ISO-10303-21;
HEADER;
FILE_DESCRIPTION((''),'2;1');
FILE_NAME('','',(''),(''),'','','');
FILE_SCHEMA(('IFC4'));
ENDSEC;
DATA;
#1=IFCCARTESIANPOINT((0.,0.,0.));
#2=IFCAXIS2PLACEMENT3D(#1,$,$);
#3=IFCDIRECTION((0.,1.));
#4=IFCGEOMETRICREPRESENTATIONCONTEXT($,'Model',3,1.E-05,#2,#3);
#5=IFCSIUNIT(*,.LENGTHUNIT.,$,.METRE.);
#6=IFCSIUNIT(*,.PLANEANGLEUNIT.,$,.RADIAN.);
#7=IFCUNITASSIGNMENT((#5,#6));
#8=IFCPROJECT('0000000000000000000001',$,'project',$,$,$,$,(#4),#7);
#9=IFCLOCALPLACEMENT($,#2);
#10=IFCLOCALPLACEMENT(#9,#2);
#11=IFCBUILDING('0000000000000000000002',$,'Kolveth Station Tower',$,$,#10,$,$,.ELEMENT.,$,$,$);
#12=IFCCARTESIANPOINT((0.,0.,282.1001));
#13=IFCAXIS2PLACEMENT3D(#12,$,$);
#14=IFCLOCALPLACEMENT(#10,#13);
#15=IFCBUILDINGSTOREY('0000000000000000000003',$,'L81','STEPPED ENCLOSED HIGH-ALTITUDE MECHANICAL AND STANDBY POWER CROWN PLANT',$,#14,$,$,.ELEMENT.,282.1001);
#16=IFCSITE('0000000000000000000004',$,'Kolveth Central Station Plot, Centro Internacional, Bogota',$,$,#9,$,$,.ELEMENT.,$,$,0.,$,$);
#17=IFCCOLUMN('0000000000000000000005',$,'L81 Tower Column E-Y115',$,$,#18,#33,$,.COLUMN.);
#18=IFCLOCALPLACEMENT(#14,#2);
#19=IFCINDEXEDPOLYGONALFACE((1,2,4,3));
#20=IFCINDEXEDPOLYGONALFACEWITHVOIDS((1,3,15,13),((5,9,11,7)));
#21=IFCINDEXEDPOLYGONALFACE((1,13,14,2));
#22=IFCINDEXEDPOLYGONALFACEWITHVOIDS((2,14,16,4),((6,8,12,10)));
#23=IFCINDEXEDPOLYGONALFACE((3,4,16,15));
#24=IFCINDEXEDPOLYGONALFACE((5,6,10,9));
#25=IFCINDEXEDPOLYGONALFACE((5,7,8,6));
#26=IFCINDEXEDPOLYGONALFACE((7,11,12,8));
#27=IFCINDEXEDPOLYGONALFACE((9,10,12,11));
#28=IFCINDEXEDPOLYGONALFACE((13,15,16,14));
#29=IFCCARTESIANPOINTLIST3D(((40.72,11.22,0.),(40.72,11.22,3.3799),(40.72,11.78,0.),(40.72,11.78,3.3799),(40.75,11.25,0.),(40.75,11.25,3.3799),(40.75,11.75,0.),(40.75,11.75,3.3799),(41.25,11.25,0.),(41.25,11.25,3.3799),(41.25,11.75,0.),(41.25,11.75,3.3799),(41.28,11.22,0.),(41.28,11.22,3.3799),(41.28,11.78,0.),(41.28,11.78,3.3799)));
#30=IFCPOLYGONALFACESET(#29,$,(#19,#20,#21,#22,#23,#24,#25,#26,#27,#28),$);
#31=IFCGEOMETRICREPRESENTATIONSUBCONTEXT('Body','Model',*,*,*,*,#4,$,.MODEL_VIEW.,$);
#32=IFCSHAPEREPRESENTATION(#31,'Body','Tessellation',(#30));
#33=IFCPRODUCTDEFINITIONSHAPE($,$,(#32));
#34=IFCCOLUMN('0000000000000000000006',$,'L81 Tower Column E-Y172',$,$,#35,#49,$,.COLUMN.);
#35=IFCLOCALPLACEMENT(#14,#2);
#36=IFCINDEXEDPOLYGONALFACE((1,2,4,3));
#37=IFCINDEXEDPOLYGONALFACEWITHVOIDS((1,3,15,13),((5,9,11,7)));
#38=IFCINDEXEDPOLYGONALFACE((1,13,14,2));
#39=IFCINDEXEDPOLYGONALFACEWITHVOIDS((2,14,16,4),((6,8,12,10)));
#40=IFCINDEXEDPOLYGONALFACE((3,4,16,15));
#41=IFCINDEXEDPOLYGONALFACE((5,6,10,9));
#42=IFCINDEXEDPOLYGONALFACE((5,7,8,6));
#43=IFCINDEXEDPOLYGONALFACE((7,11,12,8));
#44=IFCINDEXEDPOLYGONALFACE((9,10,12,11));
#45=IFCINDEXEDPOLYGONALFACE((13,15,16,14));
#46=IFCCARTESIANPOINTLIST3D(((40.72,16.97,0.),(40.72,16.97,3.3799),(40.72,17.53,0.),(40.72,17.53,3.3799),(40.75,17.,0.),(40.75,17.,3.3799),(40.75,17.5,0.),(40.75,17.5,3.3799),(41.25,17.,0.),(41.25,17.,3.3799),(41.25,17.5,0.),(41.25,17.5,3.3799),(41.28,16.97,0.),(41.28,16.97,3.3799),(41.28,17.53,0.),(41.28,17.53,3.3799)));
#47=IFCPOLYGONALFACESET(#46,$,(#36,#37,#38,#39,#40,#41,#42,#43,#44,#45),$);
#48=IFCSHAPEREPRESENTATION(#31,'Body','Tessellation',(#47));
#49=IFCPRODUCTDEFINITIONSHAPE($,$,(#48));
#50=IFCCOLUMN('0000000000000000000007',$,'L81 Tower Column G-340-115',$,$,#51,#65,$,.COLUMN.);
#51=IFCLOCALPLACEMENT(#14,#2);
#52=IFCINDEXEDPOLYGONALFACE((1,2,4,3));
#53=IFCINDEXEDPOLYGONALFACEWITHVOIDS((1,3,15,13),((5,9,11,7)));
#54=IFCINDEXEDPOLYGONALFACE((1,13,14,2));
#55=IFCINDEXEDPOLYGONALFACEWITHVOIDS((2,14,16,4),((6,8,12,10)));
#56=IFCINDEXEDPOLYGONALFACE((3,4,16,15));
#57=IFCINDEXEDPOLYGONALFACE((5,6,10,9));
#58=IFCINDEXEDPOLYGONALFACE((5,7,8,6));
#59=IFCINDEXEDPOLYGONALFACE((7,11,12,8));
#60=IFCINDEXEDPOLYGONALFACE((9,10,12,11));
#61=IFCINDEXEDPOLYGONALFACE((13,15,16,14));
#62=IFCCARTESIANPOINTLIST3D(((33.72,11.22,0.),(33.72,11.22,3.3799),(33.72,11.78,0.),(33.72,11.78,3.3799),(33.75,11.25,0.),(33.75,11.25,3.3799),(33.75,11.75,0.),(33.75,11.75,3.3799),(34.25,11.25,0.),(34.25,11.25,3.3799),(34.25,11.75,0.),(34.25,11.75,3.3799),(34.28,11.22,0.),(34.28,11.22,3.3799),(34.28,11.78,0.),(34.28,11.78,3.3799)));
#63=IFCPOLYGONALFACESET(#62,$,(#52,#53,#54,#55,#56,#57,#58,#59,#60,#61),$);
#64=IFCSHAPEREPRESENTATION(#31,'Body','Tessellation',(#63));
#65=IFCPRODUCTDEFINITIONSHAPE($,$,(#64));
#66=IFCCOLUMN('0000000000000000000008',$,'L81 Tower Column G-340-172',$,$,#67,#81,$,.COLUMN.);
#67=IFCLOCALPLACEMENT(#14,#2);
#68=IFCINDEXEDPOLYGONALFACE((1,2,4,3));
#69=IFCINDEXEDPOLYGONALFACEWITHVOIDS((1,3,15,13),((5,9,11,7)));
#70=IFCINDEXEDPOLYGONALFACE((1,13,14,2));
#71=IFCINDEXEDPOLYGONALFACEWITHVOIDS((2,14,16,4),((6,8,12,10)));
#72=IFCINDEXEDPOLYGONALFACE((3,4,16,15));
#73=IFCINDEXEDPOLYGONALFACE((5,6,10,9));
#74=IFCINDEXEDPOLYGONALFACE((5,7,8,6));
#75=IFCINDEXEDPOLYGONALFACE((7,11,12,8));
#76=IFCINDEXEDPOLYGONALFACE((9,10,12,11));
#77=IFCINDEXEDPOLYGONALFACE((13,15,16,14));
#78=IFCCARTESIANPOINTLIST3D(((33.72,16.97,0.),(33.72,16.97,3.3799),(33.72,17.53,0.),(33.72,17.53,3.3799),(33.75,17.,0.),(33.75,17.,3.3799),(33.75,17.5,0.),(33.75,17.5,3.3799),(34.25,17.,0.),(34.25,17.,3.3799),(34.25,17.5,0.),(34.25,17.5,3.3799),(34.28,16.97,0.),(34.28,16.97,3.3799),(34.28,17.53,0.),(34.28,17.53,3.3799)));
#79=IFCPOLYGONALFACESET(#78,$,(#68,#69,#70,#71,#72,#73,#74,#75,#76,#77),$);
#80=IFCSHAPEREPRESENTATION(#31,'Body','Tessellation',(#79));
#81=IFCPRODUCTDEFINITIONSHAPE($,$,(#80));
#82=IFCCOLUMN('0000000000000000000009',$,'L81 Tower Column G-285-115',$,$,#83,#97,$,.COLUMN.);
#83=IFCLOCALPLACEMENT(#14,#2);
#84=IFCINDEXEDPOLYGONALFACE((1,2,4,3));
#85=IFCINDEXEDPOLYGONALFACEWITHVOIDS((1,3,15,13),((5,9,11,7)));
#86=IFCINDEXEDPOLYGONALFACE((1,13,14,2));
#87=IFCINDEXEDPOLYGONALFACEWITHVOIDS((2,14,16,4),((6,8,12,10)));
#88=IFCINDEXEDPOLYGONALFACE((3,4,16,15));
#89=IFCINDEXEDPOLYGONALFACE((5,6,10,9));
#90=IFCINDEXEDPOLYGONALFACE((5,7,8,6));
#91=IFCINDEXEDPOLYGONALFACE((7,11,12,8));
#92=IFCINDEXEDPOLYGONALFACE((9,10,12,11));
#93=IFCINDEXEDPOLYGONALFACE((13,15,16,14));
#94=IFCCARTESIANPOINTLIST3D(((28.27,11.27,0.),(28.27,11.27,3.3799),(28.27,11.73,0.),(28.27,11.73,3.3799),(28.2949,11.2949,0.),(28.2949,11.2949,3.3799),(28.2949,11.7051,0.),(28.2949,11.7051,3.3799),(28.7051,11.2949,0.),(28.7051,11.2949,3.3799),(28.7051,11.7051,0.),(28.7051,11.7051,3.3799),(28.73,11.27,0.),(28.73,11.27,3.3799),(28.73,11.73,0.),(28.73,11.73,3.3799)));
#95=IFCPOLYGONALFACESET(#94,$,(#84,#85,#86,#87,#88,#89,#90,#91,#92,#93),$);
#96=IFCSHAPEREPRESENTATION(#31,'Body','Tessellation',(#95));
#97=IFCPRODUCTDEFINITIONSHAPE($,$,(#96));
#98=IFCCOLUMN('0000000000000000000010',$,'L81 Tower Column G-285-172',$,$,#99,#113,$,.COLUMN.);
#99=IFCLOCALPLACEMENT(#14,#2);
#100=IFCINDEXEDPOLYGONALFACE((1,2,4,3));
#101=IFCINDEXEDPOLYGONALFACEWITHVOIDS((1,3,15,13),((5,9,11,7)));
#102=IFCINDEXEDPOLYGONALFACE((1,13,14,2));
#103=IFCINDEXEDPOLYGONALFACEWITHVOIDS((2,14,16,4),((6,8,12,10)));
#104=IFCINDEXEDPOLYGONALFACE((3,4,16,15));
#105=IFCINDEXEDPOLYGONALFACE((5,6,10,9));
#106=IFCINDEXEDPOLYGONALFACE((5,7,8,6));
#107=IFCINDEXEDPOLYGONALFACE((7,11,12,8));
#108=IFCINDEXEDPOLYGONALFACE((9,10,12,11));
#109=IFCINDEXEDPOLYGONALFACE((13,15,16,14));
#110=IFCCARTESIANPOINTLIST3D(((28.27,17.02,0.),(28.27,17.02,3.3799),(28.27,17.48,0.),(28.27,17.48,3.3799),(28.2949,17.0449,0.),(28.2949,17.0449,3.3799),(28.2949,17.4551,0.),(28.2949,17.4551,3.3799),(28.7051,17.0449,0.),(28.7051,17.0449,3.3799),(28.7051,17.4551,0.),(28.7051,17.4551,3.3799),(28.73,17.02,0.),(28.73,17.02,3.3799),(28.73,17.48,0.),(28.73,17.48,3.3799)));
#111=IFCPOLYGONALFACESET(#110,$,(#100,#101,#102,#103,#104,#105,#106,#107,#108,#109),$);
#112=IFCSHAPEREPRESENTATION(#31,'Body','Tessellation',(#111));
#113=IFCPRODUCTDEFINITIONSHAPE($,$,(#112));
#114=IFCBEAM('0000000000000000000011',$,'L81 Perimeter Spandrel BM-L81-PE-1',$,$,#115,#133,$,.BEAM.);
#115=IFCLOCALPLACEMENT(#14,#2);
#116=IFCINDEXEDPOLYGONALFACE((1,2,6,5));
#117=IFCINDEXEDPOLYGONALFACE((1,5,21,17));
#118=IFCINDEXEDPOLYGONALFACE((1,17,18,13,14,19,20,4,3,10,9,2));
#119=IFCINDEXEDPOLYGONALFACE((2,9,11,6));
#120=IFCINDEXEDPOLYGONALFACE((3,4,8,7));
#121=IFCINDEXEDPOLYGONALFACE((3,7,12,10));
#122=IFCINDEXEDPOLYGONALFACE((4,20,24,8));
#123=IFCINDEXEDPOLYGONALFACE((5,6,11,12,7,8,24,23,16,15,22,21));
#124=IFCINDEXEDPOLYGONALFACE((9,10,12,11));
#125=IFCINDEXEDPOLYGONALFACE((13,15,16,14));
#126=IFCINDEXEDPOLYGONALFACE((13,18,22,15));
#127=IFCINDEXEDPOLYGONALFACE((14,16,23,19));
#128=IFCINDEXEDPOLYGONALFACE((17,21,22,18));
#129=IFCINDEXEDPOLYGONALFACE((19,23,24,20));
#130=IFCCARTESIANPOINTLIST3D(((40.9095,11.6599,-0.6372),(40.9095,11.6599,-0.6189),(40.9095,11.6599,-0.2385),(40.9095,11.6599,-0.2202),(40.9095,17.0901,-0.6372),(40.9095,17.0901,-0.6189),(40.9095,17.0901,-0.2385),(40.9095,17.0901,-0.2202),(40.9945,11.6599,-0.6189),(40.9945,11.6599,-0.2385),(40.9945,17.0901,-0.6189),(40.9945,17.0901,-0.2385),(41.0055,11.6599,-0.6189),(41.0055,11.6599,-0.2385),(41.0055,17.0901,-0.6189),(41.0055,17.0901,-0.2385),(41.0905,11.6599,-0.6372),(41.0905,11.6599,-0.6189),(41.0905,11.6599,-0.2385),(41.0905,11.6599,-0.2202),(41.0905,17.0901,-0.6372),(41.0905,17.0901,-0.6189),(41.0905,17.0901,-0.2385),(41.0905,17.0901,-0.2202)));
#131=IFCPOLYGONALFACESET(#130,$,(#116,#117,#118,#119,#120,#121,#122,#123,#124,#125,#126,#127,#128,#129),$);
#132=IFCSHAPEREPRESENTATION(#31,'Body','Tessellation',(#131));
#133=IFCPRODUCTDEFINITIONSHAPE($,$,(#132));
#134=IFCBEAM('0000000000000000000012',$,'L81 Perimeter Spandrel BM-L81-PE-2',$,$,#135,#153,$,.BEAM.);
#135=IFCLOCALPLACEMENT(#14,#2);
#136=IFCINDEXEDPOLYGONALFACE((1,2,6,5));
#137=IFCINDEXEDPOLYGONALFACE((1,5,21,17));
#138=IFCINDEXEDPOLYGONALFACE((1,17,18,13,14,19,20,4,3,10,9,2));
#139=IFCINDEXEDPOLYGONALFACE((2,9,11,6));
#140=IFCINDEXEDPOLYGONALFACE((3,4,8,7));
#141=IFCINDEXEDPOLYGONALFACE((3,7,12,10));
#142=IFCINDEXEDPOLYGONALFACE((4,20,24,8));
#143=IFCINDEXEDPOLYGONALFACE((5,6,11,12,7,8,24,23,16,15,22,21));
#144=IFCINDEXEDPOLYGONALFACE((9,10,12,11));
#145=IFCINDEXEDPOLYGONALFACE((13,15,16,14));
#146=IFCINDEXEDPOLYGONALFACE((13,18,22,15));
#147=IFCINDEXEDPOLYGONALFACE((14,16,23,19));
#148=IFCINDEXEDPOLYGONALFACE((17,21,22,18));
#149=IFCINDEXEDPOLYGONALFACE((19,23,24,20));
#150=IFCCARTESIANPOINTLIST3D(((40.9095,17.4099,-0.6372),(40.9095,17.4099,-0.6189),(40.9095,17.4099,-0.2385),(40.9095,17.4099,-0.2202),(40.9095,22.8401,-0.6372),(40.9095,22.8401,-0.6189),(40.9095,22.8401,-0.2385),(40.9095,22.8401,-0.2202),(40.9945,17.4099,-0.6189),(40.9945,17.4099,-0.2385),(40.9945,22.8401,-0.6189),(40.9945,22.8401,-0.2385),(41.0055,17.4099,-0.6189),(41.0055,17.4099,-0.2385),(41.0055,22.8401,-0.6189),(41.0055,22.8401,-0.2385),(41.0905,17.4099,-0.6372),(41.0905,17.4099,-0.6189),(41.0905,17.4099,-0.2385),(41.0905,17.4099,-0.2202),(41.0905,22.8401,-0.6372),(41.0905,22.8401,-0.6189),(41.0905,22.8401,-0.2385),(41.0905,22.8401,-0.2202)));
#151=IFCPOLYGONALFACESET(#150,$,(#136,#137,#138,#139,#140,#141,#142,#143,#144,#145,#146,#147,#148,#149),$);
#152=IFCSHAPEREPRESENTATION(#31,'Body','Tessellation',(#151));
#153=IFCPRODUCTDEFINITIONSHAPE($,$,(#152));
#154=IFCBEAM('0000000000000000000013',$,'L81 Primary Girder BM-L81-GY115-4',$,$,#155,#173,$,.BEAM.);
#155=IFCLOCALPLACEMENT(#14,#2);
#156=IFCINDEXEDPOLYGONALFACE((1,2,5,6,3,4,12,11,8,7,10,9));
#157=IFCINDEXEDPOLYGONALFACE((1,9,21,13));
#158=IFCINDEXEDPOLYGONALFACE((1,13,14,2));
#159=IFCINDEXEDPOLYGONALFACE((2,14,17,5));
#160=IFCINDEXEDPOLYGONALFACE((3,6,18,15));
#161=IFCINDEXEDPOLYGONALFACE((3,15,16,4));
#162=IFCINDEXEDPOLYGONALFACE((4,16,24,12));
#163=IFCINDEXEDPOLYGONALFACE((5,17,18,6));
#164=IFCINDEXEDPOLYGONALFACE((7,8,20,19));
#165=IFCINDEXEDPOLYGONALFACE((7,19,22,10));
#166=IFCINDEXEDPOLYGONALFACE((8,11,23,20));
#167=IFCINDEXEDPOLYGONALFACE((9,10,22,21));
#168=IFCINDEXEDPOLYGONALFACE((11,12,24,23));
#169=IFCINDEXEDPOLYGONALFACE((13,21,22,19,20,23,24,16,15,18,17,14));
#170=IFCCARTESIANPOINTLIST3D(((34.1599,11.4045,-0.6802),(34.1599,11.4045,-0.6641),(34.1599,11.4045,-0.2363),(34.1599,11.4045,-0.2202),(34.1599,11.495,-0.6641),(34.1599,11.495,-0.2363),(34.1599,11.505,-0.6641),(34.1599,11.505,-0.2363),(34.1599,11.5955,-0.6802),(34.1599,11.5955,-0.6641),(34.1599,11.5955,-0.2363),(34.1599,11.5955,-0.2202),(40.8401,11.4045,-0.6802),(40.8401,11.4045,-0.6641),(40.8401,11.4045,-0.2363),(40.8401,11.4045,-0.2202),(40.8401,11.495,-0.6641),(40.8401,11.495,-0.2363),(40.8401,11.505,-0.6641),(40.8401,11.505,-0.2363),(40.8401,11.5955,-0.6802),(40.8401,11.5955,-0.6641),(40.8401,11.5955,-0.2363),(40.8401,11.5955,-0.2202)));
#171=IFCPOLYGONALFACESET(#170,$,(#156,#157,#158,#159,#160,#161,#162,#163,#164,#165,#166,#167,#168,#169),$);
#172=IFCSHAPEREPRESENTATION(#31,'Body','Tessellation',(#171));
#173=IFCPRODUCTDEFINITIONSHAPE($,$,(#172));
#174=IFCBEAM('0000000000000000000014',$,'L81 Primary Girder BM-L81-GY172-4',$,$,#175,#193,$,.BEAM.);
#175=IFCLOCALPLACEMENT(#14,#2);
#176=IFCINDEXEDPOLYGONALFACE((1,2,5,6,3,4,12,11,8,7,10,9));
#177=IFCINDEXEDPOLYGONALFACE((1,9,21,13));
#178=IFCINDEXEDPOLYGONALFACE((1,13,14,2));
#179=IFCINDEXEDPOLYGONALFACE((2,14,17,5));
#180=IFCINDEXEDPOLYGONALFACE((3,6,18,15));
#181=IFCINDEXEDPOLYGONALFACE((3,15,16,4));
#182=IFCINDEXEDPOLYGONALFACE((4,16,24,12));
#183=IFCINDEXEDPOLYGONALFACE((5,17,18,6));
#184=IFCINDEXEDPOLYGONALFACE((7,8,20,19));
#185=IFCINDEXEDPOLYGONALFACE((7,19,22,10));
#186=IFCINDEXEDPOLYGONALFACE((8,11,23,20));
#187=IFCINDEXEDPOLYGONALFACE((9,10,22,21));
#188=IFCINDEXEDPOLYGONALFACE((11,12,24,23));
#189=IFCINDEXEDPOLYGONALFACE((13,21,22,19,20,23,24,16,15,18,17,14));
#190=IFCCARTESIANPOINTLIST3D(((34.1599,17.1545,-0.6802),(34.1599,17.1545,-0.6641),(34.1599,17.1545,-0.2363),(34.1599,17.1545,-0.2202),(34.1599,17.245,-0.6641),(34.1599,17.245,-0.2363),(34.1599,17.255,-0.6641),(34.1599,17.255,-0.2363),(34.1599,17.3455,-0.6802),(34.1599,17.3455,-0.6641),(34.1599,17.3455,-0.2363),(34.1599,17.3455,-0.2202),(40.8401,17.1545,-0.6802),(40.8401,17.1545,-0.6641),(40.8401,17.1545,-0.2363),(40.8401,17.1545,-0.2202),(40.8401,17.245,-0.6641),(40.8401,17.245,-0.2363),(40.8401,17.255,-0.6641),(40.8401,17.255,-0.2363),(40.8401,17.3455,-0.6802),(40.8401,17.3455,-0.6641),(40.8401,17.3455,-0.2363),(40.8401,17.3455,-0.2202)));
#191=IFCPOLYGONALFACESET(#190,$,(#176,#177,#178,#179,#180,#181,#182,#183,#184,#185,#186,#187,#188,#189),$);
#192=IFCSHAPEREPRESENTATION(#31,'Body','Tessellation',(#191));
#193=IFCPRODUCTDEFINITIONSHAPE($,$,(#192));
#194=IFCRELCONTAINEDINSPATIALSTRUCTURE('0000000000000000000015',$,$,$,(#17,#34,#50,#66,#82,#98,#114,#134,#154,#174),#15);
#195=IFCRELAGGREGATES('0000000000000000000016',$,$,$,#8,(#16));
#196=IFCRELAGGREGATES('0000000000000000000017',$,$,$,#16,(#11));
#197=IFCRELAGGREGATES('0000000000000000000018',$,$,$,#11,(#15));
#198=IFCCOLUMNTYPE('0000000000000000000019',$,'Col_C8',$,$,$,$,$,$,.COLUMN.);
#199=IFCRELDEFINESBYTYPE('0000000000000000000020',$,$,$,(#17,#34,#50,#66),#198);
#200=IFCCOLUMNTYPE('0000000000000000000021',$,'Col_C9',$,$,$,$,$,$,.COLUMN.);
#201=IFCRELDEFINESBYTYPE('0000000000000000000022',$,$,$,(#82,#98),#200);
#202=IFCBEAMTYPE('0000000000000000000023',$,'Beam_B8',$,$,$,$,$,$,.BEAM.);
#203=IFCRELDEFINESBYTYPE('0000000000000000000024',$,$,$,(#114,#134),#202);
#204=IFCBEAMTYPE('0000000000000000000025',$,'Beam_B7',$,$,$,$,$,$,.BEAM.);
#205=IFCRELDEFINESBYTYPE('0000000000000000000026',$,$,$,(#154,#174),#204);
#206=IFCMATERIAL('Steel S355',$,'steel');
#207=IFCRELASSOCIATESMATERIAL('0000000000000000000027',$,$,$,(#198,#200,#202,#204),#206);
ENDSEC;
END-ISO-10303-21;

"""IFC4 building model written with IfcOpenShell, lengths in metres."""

from ifc_helpers import new_model, si_unit, direction, frame, origin, origin_2d, place, context, subcontext, project, spatial, hollow_rectangle, i_section, extrude, source, transform, mapped, material, material_profile, profile_set, type_object, element, save


model = new_model("IFC4")

# Units and contexts
model_context = context("Model", 3, precision=1e-05, world=origin(), true_north=direction((0.0, 1.0)))
body_context = subcontext(model_context, "Body", "Model", "MODEL_VIEW")
ifc_project = project(units=[si_unit("LENGTHUNIT", "METRE"), si_unit("PLANEANGLEUNIT", "RADIAN")], contexts=[model_context])

# Site, building, storey
site_placement = place(None, origin())
site = spatial("IfcSite", under=ifc_project, at=site_placement, Name="Kolveth Central Station Plot, Centro Internacional, Bogota", CompositionType="ELEMENT", RefElevation=0.0)
building_placement = place(site_placement, origin())
building = spatial("IfcBuilding", under=site, at=building_placement, Name="Kolveth Station Tower", CompositionType="ELEMENT")
storey_placement = place(building_placement, frame((0.0, 0.0, 282.1001)))
storey = spatial("IfcBuildingStorey", under=building, at=storey_placement, Name="L81", Description="STEPPED ENCLOSED HIGH-ALTITUDE MECHANICAL AND STANDBY POWER CROWN PLANT", CompositionType="ELEMENT", Elevation=282.1001)

# Columns
ifc_material_1 = material(Name="Steel S355", Category="steel")
ifc_material_profile_1 = material_profile(ifc_material_1, hollow_rectangle(XDim=0.5601, YDim=0.5601, WallThickness=0.03, at=origin_2d()), Name="BOX560x560x30")
ifc_profile_set_1 = profile_set([ifc_material_profile_1], Name="Steel S355")
column_type_1 = type_object("IfcColumnType", Name="Col_C8", PredefinedType="COLUMN", material=ifc_profile_set_1)
shared_shape_1 = source(origin(), body_context, "Body", "SweptSolid", [
    extrude(hollow_rectangle(XDim=0.5601, YDim=0.5601, WallThickness=0.03, at=origin_2d()), origin(), (0.0, 0.0, 1.0), 3.3799),
])
for number, where, z_axis, x_axis, name in (
    (1, (41.0, 11.5, 0.0), (0.0, 0.0, 1.0), (1.0, 0.0, 0.0), "L81 Tower Column E-Y115"),
    (2, (41.0, 17.25, 0.0), (0.0, 0.0, 1.0), (1.0, 0.0, 0.0), "L81 Tower Column E-Y172"),
    (3, (34.0, 11.5, 0.0), (0.0, 0.0, 1.0), (1.0, 0.0, 0.0), "L81 Tower Column G-340-115"),
    (4, (34.0, 17.25, 0.0), (0.0, 0.0, 1.0), (1.0, 0.0, 0.0), "L81 Tower Column G-340-172"),
):
    element("IfcColumn", number, at=place(storey_placement, frame(where, z_axis=z_axis, x_axis=x_axis)), inside=storey, type_object=column_type_1, Name=name, PredefinedType="COLUMN", context=body_context, shape_type="MappedRepresentation", body=[
        mapped(shared_shape_1, transform((0.0, 0.0, 0.0), x_axis=(1.0, 0.0, 0.0), y_axis=(0.0, 1.0, 0.0), z_axis=(0.0, 0.0, 1.0), scale=1.0)),
    ])
ifc_material_profile_2 = material_profile(ifc_material_1, hollow_rectangle(XDim=0.46, YDim=0.46, WallThickness=0.0249, at=origin_2d()), Name="BOX460x460x25")
ifc_profile_set_2 = profile_set([ifc_material_profile_2], Name="Steel S355")
column_type_2 = type_object("IfcColumnType", Name="Col_C9", PredefinedType="COLUMN", material=ifc_profile_set_2)
shared_shape_2 = source(origin(), body_context, "Body", "SweptSolid", [
    extrude(hollow_rectangle(XDim=0.46, YDim=0.46, WallThickness=0.0249, at=origin_2d()), origin(), (0.0, 0.0, 1.0), 3.3799),
])
for number, where, z_axis, x_axis, name in (
    (5, (28.5, 11.5, 0.0), (0.0, 0.0, 1.0), (1.0, 0.0, 0.0), "L81 Tower Column G-285-115"),
    (6, (28.5, 17.25, 0.0), (0.0, 0.0, 1.0), (1.0, 0.0, 0.0), "L81 Tower Column G-285-172"),
):
    element("IfcColumn", number, at=place(storey_placement, frame(where, z_axis=z_axis, x_axis=x_axis)), inside=storey, type_object=column_type_2, Name=name, PredefinedType="COLUMN", context=body_context, shape_type="MappedRepresentation", body=[
        mapped(shared_shape_2, transform((0.0, 0.0, 0.0), x_axis=(1.0, 0.0, 0.0), y_axis=(0.0, 1.0, 0.0), z_axis=(0.0, 0.0, 1.0), scale=1.0)),
    ])

# Beams
ifc_material_profile_3 = material_profile(ifc_material_1, i_section(OverallWidth=0.1809, OverallDepth=0.417, WebThickness=0.011, FlangeThickness=0.0183, at=origin_2d()), Name="W410x85")
ifc_profile_set_3 = profile_set([ifc_material_profile_3], Name="Steel S355")
beam_type_1 = type_object("IfcBeamType", Name="Beam_B8", PredefinedType="BEAM", material=ifc_profile_set_3)
shared_shape_3 = source(origin(), body_context, "Body", "SweptSolid", [
    extrude(i_section(OverallWidth=0.1809, OverallDepth=0.417, WebThickness=0.011, FlangeThickness=0.0183, at=origin_2d()), origin(), (0.0, 0.0, 1.0), 5.4302),
])
for number, where, z_axis, x_axis, name in (
    (7, (41.0, 11.6599, -0.4287), (0.0, 1.0, 0.0), (-1.0, 0.0, 0.0), "L81 Perimeter Spandrel BM-L81-PE-1"),
    (8, (41.0, 17.4099, -0.4287), (0.0, 1.0, 0.0), (-1.0, 0.0, 0.0), "L81 Perimeter Spandrel BM-L81-PE-2"),
):
    element("IfcBeam", number, at=place(storey_placement, frame(where, z_axis=z_axis, x_axis=x_axis)), inside=storey, type_object=beam_type_1, Name=name, PredefinedType="BEAM", context=body_context, shape_type="MappedRepresentation", body=[
        mapped(shared_shape_3, transform((0.0, 0.0, 0.0), x_axis=(1.0, 0.0, 0.0), y_axis=(0.0, 1.0, 0.0), z_axis=(0.0, 0.0, 1.0), scale=1.0)),
    ])
ifc_material_profile_4 = material_profile(ifc_material_1, i_section(OverallWidth=0.1909, OverallDepth=0.46, WebThickness=0.01, FlangeThickness=0.0161, at=origin_2d()), Name="W460x82")
ifc_profile_set_4 = profile_set([ifc_material_profile_4], Name="Steel S355")
beam_type_2 = type_object("IfcBeamType", Name="Beam_B7", PredefinedType="BEAM", material=ifc_profile_set_4)
shared_shape_4 = source(origin(), body_context, "Body", "SweptSolid", [
    extrude(i_section(OverallWidth=0.1909, OverallDepth=0.46, WebThickness=0.01, FlangeThickness=0.0161, at=origin_2d()), origin(), (0.0, 0.0, 1.0), 6.6802),
])
for number, where, z_axis, x_axis, name in (
    (9, (34.1599, 11.5, -0.4502), (1.0, 0.0, 0.0), (0.0, 1.0, 0.0), "L81 Primary Girder BM-L81-GY115-4"),
    (10, (34.1599, 17.25, -0.4502), (1.0, 0.0, 0.0), (0.0, 1.0, 0.0), "L81 Primary Girder BM-L81-GY172-4"),
):
    element("IfcBeam", number, at=place(storey_placement, frame(where, z_axis=z_axis, x_axis=x_axis)), inside=storey, type_object=beam_type_2, Name=name, PredefinedType="BEAM", context=body_context, shape_type="MappedRepresentation", body=[
        mapped(shared_shape_4, transform((0.0, 0.0, 0.0), x_axis=(1.0, 0.0, 0.0), y_axis=(0.0, 1.0, 0.0), z_axis=(0.0, 0.0, 1.0), scale=1.0)),
    ])

save(model, "model.ifc")
